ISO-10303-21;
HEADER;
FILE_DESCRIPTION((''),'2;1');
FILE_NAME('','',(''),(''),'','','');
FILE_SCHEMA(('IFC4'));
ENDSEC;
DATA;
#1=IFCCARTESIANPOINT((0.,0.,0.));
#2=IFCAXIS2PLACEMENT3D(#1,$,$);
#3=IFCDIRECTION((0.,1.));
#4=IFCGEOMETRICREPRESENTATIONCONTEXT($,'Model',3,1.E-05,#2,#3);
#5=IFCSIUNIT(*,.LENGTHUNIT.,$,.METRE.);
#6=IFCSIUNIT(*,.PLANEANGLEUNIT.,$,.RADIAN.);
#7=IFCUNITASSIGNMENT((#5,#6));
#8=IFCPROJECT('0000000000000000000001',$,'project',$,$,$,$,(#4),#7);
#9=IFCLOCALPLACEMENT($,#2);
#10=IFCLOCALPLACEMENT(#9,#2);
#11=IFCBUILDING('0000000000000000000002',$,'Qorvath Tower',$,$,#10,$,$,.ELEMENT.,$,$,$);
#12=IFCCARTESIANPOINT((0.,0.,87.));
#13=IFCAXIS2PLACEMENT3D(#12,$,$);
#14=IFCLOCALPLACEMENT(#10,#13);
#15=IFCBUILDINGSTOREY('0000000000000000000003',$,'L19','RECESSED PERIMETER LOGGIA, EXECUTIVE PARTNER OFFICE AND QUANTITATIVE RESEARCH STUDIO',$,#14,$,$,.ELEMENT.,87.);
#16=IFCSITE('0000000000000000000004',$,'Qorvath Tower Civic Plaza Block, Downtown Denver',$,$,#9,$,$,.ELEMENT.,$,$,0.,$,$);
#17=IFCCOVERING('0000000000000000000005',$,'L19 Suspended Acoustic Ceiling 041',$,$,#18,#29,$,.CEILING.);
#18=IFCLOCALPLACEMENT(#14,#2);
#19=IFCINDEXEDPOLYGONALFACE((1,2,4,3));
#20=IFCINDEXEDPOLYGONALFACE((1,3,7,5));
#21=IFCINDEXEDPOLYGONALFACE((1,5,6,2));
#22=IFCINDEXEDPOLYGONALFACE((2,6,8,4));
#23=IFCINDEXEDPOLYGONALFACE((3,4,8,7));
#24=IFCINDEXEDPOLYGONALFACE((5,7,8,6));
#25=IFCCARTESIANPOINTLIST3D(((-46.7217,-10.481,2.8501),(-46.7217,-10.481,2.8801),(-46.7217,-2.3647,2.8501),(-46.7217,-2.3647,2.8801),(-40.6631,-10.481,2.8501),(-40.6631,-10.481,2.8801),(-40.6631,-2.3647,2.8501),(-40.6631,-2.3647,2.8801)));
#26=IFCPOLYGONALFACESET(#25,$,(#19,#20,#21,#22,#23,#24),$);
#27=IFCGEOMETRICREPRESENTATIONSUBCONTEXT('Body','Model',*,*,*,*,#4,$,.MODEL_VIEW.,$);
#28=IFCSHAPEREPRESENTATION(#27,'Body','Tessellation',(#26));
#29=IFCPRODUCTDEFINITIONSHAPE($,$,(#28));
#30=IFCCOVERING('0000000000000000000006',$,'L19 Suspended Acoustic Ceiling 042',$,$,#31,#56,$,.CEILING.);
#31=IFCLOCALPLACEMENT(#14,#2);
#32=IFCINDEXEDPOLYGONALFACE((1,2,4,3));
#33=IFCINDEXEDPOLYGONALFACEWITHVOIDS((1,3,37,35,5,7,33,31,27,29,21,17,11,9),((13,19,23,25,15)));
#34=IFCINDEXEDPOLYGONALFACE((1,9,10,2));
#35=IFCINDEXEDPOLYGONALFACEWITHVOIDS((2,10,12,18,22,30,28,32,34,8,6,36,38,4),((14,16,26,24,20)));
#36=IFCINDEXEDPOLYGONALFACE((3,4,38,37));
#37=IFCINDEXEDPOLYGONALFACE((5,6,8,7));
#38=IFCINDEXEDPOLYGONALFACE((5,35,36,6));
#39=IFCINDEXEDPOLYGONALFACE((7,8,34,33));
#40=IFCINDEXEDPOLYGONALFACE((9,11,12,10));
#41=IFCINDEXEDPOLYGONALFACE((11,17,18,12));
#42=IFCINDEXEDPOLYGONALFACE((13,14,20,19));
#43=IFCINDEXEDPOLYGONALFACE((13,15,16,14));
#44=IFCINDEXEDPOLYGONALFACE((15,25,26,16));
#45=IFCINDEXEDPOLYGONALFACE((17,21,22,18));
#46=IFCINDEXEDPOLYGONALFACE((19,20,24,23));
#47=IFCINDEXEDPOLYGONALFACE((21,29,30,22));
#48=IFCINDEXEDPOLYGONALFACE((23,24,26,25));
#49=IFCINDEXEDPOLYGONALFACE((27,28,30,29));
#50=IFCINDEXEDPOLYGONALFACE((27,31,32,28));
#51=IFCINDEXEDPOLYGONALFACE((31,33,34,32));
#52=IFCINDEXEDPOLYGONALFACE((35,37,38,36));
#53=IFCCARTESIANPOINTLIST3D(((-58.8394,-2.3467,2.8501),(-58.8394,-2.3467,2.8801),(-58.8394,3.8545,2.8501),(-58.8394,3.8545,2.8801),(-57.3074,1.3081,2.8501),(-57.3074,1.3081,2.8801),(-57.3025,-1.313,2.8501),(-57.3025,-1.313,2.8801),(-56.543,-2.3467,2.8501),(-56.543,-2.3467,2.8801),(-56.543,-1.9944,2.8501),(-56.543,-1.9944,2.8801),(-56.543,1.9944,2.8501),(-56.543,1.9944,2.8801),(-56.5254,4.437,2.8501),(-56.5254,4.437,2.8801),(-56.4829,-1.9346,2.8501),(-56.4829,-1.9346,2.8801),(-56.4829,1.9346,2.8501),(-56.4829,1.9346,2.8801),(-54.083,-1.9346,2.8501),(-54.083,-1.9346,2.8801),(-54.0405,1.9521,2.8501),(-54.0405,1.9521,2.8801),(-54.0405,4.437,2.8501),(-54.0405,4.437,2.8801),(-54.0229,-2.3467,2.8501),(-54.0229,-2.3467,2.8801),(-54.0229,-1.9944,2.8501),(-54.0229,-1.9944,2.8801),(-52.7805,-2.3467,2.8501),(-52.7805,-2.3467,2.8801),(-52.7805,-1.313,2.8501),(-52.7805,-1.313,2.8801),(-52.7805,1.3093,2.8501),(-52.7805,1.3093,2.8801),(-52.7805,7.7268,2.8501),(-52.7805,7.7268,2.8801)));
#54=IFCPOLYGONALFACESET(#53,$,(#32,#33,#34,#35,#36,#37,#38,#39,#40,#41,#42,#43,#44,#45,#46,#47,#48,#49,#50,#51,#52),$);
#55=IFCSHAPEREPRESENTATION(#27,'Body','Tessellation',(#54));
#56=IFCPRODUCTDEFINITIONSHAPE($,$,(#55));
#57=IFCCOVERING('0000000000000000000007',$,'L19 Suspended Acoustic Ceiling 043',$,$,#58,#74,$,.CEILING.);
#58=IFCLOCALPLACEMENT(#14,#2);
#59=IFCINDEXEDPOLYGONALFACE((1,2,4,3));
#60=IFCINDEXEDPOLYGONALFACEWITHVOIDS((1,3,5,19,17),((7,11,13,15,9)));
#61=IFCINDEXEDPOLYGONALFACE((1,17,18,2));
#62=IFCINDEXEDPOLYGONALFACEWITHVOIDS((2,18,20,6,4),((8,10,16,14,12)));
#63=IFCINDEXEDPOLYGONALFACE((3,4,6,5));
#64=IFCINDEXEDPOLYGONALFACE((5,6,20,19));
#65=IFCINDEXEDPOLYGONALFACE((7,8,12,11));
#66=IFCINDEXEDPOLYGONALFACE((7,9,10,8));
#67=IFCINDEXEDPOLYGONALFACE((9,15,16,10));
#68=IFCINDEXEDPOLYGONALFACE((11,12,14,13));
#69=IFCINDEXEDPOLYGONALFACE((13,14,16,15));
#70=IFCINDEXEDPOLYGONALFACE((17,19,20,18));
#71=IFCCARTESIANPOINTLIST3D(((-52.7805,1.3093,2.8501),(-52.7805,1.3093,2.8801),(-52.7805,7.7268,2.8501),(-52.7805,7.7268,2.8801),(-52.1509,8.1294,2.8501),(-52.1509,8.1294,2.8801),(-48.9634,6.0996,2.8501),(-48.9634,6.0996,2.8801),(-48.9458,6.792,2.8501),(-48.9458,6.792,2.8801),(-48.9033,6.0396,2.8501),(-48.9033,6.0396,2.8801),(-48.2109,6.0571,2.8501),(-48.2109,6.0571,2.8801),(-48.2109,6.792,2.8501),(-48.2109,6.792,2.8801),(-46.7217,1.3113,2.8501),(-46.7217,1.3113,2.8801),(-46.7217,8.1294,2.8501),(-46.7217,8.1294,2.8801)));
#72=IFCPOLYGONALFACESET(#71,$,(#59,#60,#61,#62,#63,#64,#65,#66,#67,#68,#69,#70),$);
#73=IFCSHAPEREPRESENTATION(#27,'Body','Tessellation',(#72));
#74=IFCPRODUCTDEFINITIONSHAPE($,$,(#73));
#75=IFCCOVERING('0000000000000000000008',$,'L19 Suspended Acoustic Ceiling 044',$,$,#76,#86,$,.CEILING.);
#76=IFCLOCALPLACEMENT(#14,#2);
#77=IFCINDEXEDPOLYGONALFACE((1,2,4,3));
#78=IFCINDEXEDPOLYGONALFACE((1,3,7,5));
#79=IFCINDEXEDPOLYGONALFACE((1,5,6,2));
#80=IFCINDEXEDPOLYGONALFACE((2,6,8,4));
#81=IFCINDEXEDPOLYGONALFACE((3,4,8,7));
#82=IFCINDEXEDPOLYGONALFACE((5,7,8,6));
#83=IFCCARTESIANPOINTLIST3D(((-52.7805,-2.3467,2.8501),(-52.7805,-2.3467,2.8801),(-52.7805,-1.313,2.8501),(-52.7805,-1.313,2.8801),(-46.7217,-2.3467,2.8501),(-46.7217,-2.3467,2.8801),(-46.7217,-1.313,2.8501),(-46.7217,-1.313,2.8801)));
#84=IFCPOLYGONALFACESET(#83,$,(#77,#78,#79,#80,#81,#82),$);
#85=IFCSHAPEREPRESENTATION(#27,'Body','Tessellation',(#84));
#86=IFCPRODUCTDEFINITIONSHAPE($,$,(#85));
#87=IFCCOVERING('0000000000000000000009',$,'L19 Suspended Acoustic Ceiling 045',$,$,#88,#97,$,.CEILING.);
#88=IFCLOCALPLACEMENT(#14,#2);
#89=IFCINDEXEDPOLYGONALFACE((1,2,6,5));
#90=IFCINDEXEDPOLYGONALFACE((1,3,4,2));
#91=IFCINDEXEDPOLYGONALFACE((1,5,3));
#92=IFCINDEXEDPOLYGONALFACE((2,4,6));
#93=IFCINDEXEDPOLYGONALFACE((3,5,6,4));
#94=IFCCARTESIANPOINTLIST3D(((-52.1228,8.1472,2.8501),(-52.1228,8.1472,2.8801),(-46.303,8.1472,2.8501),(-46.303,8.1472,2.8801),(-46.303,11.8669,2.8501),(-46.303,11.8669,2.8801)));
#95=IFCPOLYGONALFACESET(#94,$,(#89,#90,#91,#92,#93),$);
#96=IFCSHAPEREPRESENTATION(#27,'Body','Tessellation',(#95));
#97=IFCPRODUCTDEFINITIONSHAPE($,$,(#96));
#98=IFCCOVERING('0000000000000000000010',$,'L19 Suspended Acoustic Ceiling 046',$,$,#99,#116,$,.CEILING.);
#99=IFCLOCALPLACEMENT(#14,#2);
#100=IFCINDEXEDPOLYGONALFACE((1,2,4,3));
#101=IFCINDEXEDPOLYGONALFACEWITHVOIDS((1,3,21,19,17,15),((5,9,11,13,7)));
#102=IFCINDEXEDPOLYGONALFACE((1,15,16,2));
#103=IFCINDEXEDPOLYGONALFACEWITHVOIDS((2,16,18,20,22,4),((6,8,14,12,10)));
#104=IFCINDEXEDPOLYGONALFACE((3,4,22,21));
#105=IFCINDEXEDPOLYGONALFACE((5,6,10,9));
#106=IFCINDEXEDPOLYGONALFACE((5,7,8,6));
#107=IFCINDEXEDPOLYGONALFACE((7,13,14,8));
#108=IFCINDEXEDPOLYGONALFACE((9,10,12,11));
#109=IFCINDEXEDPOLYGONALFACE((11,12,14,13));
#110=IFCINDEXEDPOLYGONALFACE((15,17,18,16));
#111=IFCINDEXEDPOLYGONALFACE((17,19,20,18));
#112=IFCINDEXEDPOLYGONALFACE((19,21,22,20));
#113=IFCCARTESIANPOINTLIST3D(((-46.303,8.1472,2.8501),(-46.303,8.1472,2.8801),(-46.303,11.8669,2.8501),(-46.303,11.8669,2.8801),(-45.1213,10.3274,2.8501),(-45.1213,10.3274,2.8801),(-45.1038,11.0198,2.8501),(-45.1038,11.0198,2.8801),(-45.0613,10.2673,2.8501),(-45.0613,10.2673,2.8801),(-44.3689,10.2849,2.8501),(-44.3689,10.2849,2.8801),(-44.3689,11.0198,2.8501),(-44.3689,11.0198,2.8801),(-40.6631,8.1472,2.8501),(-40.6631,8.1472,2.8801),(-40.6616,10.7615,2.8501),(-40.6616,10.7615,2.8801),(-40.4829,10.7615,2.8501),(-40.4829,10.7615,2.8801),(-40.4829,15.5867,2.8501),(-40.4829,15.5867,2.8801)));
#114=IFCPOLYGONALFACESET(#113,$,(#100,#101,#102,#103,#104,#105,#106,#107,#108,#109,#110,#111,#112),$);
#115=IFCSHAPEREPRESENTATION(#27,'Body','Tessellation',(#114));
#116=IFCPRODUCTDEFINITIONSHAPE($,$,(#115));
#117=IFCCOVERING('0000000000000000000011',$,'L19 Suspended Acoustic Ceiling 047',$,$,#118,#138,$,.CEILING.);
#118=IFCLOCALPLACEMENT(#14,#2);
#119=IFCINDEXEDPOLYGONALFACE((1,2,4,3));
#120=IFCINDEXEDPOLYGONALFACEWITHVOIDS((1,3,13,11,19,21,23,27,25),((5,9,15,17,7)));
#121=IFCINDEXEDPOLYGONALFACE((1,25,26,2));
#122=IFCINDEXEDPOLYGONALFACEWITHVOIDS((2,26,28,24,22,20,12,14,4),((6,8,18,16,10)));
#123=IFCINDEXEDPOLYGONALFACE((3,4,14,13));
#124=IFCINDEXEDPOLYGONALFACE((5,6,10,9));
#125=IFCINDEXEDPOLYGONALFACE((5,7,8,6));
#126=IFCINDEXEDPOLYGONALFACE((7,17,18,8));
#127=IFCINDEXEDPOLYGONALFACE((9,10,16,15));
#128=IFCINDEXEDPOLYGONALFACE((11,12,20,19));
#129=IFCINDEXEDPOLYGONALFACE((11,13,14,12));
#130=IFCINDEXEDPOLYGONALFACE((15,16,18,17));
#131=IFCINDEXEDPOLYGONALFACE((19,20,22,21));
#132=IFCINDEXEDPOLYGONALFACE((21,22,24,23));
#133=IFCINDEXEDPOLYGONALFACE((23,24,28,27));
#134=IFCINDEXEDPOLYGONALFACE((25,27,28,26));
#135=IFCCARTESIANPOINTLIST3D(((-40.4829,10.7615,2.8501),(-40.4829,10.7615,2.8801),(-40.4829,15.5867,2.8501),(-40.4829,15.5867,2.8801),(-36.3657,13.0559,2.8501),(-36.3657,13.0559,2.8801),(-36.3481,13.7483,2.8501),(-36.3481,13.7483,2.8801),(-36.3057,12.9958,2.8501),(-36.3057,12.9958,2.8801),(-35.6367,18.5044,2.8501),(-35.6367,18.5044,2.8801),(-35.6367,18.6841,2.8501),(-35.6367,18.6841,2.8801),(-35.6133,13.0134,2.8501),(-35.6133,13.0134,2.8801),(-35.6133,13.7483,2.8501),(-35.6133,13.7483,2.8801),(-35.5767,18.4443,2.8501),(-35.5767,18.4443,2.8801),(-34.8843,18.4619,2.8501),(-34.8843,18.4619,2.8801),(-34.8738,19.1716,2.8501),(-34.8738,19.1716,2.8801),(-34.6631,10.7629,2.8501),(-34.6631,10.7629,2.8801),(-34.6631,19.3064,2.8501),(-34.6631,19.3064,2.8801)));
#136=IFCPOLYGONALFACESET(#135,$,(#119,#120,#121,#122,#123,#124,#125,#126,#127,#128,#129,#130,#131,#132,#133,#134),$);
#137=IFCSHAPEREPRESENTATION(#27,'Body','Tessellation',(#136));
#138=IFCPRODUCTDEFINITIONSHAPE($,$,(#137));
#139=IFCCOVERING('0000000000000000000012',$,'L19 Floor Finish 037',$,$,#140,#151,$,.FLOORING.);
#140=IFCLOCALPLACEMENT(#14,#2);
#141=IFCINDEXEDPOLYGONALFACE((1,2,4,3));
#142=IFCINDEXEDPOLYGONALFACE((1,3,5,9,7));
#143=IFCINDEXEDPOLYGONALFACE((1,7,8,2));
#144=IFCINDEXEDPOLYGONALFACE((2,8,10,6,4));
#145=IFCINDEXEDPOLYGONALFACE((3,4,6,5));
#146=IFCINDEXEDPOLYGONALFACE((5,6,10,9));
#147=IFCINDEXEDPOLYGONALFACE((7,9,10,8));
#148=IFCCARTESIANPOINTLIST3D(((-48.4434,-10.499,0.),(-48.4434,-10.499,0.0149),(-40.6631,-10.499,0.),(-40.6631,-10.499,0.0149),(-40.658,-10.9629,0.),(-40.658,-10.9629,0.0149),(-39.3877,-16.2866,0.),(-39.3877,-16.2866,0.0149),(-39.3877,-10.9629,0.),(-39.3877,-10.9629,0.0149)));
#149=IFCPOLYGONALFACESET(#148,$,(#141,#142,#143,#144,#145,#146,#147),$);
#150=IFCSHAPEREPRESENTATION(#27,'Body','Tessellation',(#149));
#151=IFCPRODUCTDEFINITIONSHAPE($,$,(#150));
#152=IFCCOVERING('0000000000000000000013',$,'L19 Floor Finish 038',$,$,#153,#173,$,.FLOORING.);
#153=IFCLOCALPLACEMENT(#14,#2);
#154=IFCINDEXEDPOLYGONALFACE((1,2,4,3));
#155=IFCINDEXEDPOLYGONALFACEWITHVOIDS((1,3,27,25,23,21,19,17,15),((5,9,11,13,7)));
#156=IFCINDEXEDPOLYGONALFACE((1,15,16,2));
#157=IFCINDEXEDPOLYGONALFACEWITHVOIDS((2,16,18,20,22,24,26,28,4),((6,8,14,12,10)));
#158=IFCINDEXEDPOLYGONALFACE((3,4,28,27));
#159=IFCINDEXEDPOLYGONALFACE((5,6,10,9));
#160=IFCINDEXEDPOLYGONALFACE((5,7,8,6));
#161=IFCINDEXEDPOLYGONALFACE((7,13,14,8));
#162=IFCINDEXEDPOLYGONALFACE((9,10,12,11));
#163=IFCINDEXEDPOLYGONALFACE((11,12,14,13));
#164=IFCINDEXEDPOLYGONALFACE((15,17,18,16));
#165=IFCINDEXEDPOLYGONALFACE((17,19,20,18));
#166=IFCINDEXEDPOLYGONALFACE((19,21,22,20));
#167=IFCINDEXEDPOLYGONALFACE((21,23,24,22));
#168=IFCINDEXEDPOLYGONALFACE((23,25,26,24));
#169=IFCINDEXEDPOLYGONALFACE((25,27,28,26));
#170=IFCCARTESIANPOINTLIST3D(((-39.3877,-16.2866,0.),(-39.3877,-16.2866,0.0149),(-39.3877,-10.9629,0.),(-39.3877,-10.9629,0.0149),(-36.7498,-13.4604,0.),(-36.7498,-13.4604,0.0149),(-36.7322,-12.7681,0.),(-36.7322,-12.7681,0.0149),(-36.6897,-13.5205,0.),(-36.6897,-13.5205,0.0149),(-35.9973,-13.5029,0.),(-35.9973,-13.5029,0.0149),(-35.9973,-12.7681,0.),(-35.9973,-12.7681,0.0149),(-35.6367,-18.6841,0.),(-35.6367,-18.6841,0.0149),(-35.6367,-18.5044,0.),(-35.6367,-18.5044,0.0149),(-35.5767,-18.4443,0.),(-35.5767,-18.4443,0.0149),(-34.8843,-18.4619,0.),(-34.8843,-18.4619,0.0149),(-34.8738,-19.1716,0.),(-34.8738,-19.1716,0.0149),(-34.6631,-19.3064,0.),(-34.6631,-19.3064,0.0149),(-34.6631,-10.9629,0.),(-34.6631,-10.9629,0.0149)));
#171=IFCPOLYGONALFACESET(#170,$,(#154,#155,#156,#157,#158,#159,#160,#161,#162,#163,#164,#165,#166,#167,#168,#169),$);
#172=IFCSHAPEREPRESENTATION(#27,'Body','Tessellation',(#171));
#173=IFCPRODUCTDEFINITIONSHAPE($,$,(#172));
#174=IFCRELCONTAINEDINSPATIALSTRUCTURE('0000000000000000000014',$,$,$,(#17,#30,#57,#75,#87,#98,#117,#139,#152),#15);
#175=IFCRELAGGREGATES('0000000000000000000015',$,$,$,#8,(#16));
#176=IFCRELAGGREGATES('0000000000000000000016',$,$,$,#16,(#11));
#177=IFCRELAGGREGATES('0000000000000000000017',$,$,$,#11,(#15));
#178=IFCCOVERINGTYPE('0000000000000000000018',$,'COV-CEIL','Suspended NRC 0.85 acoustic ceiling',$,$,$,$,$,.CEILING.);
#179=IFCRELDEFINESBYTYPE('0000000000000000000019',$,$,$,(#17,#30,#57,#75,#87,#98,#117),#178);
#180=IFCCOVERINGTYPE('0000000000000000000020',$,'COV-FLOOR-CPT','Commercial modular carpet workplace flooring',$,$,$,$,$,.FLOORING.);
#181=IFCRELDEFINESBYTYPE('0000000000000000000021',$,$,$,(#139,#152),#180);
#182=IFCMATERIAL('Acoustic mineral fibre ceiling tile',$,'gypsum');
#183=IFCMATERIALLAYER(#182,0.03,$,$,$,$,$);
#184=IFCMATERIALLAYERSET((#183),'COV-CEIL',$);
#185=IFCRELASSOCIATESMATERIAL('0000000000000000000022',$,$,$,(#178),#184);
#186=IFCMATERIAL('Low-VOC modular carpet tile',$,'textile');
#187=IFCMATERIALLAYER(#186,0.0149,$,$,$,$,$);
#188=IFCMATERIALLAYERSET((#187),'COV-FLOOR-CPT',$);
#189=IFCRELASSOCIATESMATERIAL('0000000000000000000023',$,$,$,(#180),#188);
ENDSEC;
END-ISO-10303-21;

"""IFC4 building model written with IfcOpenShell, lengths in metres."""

from ifc_helpers import new_model, si_unit, direction, frame, origin, place, context, subcontext, project, spatial, polyline, outline, extrude, material, layer, layer_set, type_object, element, save


model = new_model("IFC4")

# Units and contexts
model_context = context("Model", 3, precision=1e-05, world=origin(), true_north=direction((0.0, 1.0)))
body_context = subcontext(model_context, "Body", "Model", "MODEL_VIEW")
ifc_project = project(units=[si_unit("LENGTHUNIT", "METRE"), si_unit("PLANEANGLEUNIT", "RADIAN")], contexts=[model_context])

# Site, building, storey
site_placement = place(None, origin())
site = spatial("IfcSite", under=ifc_project, at=site_placement, Name="Qorvath Tower Civic Plaza Block, Downtown Denver", CompositionType="ELEMENT", RefElevation=0.0)
building_placement = place(site_placement, origin())
building = spatial("IfcBuilding", under=site, at=building_placement, Name="Qorvath Tower", CompositionType="ELEMENT")
storey_placement = place(building_placement, frame((0.0, 0.0, 87.0)))
storey = spatial("IfcBuildingStorey", under=building, at=storey_placement, Name="L19", Description="RECESSED PERIMETER LOGGIA, EXECUTIVE PARTNER OFFICE AND QUANTITATIVE RESEARCH STUDIO", CompositionType="ELEMENT", Elevation=87.0)

# Coverings
ifc_material_1 = material(Name="Acoustic mineral fibre ceiling tile", Category="gypsum")
ifc_layer_1 = layer(ifc_material_1, 0.03)
ifc_layer_set_1 = layer_set([ifc_layer_1], Name="COV-CEIL")
covering_type_1 = type_object("IfcCoveringType", Name="COV-CEIL", Description="Suspended NRC 0.85 acoustic ceiling", PredefinedType="CEILING", material=ifc_layer_set_1)
covering_1_placement = place(storey_placement, frame((0.0, 0.0, 2.8501)))
element("IfcCovering", 1, at=covering_1_placement, inside=storey, type_object=covering_type_1, Name="L19 Suspended Acoustic Ceiling 041", PredefinedType="CEILING", context=body_context, shape_type="SweptSolid", body=[
    extrude(outline(polyline([(-46.7217, -2.3647), (-46.7217, -10.481), (-40.6631, -10.481), (-40.6631, -2.3647), (-46.7217, -2.3647)])), origin(), (0.0, 0.0, 1.0), 0.03),
])
covering_2_placement = place(storey_placement, frame((0.0, 0.0, 2.8501)))
element("IfcCovering", 2, at=covering_2_placement, inside=storey, type_object=covering_type_1, Name="L19 Suspended Acoustic Ceiling 042", PredefinedType="CEILING", context=body_context, shape_type="SweptSolid", body=[
    extrude(outline(polyline([(-58.8394, 3.8545), (-58.8394, -2.3467), (-56.543, -2.3467), (-56.543, -1.9944), (-56.4829, -1.9346), (-54.083, -1.9346), (-54.0229, -1.9944), (-54.0229, -2.3467), (-52.7805, -2.3467), (-52.7805, -1.313), (-57.3025, -1.313), (-57.3074, 1.3081), (-52.7805, 1.3093), (-52.7805, 7.7268), (-58.8394, 3.8545)]), holes=[polyline([(-56.543, 1.9944), (-56.5254, 4.437), (-54.0405, 4.437), (-54.0405, 1.9521), (-56.4829, 1.9346), (-56.543, 1.9944)])]), origin(), (0.0, 0.0, 1.0), 0.03),
])
covering_3_placement = place(storey_placement, frame((0.0, 0.0, 2.8501)))
element("IfcCovering", 3, at=covering_3_placement, inside=storey, type_object=covering_type_1, Name="L19 Suspended Acoustic Ceiling 043", PredefinedType="CEILING", context=body_context, shape_type="SweptSolid", body=[
    extrude(outline(polyline([(-52.7805, 7.7268), (-52.7805, 1.3093), (-46.7217, 1.3113), (-46.7217, 8.1294), (-52.1509, 8.1294), (-52.7805, 7.7268)]), holes=[polyline([(-48.9634, 6.0996), (-48.9458, 6.792), (-48.2109, 6.792), (-48.2109, 6.0571), (-48.9033, 6.0396), (-48.9634, 6.0996)])]), origin(), (0.0, 0.0, 1.0), 0.03),
])
covering_4_placement = place(storey_placement, frame((0.0, 0.0, 2.8501)))
element("IfcCovering", 4, at=covering_4_placement, inside=storey, type_object=covering_type_1, Name="L19 Suspended Acoustic Ceiling 044", PredefinedType="CEILING", context=body_context, shape_type="SweptSolid", body=[
    extrude(outline(polyline([(-52.7805, -1.313), (-52.7805, -2.3467), (-46.7217, -2.3467), (-46.7217, -1.313), (-52.7805, -1.313)])), origin(), (0.0, 0.0, 1.0), 0.03),
])
covering_5_placement = place(storey_placement, frame((0.0, 0.0, 2.8501)))
element("IfcCovering", 5, at=covering_5_placement, inside=storey, type_object=covering_type_1, Name="L19 Suspended Acoustic Ceiling 045", PredefinedType="CEILING", context=body_context, shape_type="SweptSolid", body=[
    extrude(outline(polyline([(-46.303, 8.1472), (-46.303, 11.8669), (-52.1228, 8.1472), (-46.303, 8.1472)])), origin(), (0.0, 0.0, 1.0), 0.03),
])
covering_6_placement = place(storey_placement, frame((0.0, 0.0, 2.8501)))
element("IfcCovering", 6, at=covering_6_placement, inside=storey, type_object=covering_type_1, Name="L19 Suspended Acoustic Ceiling 046", PredefinedType="CEILING", context=body_context, shape_type="SweptSolid", body=[
    extrude(outline(polyline([(-40.4829, 10.7615), (-40.4829, 15.5867), (-46.303, 11.8669), (-46.303, 8.1472), (-40.6631, 8.1472), (-40.6616, 10.7615), (-40.4829, 10.7615)]), holes=[polyline([(-45.1213, 10.3274), (-45.1038, 11.0198), (-44.3689, 11.0198), (-44.3689, 10.2849), (-45.0613, 10.2673), (-45.1213, 10.3274)])]), origin(), (0.0, 0.0, 1.0), 0.03),
])
covering_7_placement = place(storey_placement, frame((0.0, 0.0, 2.8501)))
element("IfcCovering", 7, at=covering_7_placement, inside=storey, type_object=covering_type_1, Name="L19 Suspended Acoustic Ceiling 047", PredefinedType="CEILING", context=body_context, shape_type="SweptSolid", body=[
    extrude(outline(polyline([(-34.6631, 10.7629), (-34.6631, 19.3064), (-34.8738, 19.1716), (-34.8843, 18.4619), (-35.5767, 18.4443), (-35.6367, 18.5044), (-35.6367, 18.6841), (-40.4829, 15.5867), (-40.4829, 10.7615), (-34.6631, 10.7629)]), holes=[polyline([(-36.3657, 13.0559), (-36.3481, 13.7483), (-35.6133, 13.7483), (-35.6133, 13.0134), (-36.3057, 12.9958), (-36.3657, 13.0559)])]), origin(), (0.0, 0.0, 1.0), 0.03),
])
ifc_material_2 = material(Name="Low-VOC modular carpet tile", Category="textile")
ifc_layer_2 = layer(ifc_material_2, 0.0149)
ifc_layer_set_2 = layer_set([ifc_layer_2], Name="COV-FLOOR-CPT")
covering_type_2 = type_object("IfcCoveringType", Name="COV-FLOOR-CPT", Description="Commercial modular carpet workplace flooring", PredefinedType="FLOORING", material=ifc_layer_set_2)
covering_8_placement = place(storey_placement, origin())
element("IfcCovering", 8, at=covering_8_placement, inside=storey, type_object=covering_type_2, Name="L19 Floor Finish 037", PredefinedType="FLOORING", context=body_context, shape_type="SweptSolid", body=[
    extrude(outline(polyline([(-40.6631, -10.499), (-48.4434, -10.499), (-39.3877, -16.2866), (-39.3877, -10.9629), (-40.658, -10.9629), (-40.6631, -10.499)])), origin(), (0.0, 0.0, 1.0), 0.0149),
])
covering_9_placement = place(storey_placement, origin())
element("IfcCovering", 9, at=covering_9_placement, inside=storey, type_object=covering_type_2, Name="L19 Floor Finish 038", PredefinedType="FLOORING", context=body_context, shape_type="SweptSolid", body=[
    extrude(outline(polyline([(-39.3877, -10.9629), (-39.3877, -16.2866), (-35.6367, -18.6841), (-35.6367, -18.5044), (-35.5767, -18.4443), (-34.8843, -18.4619), (-34.8738, -19.1716), (-34.6631, -19.3064), (-34.6631, -10.9629), (-39.3877, -10.9629)]), holes=[polyline([(-36.7498, -13.4604), (-36.7322, -12.7681), (-35.9973, -12.7681), (-35.9973, -13.5029), (-36.6897, -13.5205), (-36.7498, -13.4604)])]), origin(), (0.0, 0.0, 1.0), 0.0149),
])

save(model, "model.ifc")
